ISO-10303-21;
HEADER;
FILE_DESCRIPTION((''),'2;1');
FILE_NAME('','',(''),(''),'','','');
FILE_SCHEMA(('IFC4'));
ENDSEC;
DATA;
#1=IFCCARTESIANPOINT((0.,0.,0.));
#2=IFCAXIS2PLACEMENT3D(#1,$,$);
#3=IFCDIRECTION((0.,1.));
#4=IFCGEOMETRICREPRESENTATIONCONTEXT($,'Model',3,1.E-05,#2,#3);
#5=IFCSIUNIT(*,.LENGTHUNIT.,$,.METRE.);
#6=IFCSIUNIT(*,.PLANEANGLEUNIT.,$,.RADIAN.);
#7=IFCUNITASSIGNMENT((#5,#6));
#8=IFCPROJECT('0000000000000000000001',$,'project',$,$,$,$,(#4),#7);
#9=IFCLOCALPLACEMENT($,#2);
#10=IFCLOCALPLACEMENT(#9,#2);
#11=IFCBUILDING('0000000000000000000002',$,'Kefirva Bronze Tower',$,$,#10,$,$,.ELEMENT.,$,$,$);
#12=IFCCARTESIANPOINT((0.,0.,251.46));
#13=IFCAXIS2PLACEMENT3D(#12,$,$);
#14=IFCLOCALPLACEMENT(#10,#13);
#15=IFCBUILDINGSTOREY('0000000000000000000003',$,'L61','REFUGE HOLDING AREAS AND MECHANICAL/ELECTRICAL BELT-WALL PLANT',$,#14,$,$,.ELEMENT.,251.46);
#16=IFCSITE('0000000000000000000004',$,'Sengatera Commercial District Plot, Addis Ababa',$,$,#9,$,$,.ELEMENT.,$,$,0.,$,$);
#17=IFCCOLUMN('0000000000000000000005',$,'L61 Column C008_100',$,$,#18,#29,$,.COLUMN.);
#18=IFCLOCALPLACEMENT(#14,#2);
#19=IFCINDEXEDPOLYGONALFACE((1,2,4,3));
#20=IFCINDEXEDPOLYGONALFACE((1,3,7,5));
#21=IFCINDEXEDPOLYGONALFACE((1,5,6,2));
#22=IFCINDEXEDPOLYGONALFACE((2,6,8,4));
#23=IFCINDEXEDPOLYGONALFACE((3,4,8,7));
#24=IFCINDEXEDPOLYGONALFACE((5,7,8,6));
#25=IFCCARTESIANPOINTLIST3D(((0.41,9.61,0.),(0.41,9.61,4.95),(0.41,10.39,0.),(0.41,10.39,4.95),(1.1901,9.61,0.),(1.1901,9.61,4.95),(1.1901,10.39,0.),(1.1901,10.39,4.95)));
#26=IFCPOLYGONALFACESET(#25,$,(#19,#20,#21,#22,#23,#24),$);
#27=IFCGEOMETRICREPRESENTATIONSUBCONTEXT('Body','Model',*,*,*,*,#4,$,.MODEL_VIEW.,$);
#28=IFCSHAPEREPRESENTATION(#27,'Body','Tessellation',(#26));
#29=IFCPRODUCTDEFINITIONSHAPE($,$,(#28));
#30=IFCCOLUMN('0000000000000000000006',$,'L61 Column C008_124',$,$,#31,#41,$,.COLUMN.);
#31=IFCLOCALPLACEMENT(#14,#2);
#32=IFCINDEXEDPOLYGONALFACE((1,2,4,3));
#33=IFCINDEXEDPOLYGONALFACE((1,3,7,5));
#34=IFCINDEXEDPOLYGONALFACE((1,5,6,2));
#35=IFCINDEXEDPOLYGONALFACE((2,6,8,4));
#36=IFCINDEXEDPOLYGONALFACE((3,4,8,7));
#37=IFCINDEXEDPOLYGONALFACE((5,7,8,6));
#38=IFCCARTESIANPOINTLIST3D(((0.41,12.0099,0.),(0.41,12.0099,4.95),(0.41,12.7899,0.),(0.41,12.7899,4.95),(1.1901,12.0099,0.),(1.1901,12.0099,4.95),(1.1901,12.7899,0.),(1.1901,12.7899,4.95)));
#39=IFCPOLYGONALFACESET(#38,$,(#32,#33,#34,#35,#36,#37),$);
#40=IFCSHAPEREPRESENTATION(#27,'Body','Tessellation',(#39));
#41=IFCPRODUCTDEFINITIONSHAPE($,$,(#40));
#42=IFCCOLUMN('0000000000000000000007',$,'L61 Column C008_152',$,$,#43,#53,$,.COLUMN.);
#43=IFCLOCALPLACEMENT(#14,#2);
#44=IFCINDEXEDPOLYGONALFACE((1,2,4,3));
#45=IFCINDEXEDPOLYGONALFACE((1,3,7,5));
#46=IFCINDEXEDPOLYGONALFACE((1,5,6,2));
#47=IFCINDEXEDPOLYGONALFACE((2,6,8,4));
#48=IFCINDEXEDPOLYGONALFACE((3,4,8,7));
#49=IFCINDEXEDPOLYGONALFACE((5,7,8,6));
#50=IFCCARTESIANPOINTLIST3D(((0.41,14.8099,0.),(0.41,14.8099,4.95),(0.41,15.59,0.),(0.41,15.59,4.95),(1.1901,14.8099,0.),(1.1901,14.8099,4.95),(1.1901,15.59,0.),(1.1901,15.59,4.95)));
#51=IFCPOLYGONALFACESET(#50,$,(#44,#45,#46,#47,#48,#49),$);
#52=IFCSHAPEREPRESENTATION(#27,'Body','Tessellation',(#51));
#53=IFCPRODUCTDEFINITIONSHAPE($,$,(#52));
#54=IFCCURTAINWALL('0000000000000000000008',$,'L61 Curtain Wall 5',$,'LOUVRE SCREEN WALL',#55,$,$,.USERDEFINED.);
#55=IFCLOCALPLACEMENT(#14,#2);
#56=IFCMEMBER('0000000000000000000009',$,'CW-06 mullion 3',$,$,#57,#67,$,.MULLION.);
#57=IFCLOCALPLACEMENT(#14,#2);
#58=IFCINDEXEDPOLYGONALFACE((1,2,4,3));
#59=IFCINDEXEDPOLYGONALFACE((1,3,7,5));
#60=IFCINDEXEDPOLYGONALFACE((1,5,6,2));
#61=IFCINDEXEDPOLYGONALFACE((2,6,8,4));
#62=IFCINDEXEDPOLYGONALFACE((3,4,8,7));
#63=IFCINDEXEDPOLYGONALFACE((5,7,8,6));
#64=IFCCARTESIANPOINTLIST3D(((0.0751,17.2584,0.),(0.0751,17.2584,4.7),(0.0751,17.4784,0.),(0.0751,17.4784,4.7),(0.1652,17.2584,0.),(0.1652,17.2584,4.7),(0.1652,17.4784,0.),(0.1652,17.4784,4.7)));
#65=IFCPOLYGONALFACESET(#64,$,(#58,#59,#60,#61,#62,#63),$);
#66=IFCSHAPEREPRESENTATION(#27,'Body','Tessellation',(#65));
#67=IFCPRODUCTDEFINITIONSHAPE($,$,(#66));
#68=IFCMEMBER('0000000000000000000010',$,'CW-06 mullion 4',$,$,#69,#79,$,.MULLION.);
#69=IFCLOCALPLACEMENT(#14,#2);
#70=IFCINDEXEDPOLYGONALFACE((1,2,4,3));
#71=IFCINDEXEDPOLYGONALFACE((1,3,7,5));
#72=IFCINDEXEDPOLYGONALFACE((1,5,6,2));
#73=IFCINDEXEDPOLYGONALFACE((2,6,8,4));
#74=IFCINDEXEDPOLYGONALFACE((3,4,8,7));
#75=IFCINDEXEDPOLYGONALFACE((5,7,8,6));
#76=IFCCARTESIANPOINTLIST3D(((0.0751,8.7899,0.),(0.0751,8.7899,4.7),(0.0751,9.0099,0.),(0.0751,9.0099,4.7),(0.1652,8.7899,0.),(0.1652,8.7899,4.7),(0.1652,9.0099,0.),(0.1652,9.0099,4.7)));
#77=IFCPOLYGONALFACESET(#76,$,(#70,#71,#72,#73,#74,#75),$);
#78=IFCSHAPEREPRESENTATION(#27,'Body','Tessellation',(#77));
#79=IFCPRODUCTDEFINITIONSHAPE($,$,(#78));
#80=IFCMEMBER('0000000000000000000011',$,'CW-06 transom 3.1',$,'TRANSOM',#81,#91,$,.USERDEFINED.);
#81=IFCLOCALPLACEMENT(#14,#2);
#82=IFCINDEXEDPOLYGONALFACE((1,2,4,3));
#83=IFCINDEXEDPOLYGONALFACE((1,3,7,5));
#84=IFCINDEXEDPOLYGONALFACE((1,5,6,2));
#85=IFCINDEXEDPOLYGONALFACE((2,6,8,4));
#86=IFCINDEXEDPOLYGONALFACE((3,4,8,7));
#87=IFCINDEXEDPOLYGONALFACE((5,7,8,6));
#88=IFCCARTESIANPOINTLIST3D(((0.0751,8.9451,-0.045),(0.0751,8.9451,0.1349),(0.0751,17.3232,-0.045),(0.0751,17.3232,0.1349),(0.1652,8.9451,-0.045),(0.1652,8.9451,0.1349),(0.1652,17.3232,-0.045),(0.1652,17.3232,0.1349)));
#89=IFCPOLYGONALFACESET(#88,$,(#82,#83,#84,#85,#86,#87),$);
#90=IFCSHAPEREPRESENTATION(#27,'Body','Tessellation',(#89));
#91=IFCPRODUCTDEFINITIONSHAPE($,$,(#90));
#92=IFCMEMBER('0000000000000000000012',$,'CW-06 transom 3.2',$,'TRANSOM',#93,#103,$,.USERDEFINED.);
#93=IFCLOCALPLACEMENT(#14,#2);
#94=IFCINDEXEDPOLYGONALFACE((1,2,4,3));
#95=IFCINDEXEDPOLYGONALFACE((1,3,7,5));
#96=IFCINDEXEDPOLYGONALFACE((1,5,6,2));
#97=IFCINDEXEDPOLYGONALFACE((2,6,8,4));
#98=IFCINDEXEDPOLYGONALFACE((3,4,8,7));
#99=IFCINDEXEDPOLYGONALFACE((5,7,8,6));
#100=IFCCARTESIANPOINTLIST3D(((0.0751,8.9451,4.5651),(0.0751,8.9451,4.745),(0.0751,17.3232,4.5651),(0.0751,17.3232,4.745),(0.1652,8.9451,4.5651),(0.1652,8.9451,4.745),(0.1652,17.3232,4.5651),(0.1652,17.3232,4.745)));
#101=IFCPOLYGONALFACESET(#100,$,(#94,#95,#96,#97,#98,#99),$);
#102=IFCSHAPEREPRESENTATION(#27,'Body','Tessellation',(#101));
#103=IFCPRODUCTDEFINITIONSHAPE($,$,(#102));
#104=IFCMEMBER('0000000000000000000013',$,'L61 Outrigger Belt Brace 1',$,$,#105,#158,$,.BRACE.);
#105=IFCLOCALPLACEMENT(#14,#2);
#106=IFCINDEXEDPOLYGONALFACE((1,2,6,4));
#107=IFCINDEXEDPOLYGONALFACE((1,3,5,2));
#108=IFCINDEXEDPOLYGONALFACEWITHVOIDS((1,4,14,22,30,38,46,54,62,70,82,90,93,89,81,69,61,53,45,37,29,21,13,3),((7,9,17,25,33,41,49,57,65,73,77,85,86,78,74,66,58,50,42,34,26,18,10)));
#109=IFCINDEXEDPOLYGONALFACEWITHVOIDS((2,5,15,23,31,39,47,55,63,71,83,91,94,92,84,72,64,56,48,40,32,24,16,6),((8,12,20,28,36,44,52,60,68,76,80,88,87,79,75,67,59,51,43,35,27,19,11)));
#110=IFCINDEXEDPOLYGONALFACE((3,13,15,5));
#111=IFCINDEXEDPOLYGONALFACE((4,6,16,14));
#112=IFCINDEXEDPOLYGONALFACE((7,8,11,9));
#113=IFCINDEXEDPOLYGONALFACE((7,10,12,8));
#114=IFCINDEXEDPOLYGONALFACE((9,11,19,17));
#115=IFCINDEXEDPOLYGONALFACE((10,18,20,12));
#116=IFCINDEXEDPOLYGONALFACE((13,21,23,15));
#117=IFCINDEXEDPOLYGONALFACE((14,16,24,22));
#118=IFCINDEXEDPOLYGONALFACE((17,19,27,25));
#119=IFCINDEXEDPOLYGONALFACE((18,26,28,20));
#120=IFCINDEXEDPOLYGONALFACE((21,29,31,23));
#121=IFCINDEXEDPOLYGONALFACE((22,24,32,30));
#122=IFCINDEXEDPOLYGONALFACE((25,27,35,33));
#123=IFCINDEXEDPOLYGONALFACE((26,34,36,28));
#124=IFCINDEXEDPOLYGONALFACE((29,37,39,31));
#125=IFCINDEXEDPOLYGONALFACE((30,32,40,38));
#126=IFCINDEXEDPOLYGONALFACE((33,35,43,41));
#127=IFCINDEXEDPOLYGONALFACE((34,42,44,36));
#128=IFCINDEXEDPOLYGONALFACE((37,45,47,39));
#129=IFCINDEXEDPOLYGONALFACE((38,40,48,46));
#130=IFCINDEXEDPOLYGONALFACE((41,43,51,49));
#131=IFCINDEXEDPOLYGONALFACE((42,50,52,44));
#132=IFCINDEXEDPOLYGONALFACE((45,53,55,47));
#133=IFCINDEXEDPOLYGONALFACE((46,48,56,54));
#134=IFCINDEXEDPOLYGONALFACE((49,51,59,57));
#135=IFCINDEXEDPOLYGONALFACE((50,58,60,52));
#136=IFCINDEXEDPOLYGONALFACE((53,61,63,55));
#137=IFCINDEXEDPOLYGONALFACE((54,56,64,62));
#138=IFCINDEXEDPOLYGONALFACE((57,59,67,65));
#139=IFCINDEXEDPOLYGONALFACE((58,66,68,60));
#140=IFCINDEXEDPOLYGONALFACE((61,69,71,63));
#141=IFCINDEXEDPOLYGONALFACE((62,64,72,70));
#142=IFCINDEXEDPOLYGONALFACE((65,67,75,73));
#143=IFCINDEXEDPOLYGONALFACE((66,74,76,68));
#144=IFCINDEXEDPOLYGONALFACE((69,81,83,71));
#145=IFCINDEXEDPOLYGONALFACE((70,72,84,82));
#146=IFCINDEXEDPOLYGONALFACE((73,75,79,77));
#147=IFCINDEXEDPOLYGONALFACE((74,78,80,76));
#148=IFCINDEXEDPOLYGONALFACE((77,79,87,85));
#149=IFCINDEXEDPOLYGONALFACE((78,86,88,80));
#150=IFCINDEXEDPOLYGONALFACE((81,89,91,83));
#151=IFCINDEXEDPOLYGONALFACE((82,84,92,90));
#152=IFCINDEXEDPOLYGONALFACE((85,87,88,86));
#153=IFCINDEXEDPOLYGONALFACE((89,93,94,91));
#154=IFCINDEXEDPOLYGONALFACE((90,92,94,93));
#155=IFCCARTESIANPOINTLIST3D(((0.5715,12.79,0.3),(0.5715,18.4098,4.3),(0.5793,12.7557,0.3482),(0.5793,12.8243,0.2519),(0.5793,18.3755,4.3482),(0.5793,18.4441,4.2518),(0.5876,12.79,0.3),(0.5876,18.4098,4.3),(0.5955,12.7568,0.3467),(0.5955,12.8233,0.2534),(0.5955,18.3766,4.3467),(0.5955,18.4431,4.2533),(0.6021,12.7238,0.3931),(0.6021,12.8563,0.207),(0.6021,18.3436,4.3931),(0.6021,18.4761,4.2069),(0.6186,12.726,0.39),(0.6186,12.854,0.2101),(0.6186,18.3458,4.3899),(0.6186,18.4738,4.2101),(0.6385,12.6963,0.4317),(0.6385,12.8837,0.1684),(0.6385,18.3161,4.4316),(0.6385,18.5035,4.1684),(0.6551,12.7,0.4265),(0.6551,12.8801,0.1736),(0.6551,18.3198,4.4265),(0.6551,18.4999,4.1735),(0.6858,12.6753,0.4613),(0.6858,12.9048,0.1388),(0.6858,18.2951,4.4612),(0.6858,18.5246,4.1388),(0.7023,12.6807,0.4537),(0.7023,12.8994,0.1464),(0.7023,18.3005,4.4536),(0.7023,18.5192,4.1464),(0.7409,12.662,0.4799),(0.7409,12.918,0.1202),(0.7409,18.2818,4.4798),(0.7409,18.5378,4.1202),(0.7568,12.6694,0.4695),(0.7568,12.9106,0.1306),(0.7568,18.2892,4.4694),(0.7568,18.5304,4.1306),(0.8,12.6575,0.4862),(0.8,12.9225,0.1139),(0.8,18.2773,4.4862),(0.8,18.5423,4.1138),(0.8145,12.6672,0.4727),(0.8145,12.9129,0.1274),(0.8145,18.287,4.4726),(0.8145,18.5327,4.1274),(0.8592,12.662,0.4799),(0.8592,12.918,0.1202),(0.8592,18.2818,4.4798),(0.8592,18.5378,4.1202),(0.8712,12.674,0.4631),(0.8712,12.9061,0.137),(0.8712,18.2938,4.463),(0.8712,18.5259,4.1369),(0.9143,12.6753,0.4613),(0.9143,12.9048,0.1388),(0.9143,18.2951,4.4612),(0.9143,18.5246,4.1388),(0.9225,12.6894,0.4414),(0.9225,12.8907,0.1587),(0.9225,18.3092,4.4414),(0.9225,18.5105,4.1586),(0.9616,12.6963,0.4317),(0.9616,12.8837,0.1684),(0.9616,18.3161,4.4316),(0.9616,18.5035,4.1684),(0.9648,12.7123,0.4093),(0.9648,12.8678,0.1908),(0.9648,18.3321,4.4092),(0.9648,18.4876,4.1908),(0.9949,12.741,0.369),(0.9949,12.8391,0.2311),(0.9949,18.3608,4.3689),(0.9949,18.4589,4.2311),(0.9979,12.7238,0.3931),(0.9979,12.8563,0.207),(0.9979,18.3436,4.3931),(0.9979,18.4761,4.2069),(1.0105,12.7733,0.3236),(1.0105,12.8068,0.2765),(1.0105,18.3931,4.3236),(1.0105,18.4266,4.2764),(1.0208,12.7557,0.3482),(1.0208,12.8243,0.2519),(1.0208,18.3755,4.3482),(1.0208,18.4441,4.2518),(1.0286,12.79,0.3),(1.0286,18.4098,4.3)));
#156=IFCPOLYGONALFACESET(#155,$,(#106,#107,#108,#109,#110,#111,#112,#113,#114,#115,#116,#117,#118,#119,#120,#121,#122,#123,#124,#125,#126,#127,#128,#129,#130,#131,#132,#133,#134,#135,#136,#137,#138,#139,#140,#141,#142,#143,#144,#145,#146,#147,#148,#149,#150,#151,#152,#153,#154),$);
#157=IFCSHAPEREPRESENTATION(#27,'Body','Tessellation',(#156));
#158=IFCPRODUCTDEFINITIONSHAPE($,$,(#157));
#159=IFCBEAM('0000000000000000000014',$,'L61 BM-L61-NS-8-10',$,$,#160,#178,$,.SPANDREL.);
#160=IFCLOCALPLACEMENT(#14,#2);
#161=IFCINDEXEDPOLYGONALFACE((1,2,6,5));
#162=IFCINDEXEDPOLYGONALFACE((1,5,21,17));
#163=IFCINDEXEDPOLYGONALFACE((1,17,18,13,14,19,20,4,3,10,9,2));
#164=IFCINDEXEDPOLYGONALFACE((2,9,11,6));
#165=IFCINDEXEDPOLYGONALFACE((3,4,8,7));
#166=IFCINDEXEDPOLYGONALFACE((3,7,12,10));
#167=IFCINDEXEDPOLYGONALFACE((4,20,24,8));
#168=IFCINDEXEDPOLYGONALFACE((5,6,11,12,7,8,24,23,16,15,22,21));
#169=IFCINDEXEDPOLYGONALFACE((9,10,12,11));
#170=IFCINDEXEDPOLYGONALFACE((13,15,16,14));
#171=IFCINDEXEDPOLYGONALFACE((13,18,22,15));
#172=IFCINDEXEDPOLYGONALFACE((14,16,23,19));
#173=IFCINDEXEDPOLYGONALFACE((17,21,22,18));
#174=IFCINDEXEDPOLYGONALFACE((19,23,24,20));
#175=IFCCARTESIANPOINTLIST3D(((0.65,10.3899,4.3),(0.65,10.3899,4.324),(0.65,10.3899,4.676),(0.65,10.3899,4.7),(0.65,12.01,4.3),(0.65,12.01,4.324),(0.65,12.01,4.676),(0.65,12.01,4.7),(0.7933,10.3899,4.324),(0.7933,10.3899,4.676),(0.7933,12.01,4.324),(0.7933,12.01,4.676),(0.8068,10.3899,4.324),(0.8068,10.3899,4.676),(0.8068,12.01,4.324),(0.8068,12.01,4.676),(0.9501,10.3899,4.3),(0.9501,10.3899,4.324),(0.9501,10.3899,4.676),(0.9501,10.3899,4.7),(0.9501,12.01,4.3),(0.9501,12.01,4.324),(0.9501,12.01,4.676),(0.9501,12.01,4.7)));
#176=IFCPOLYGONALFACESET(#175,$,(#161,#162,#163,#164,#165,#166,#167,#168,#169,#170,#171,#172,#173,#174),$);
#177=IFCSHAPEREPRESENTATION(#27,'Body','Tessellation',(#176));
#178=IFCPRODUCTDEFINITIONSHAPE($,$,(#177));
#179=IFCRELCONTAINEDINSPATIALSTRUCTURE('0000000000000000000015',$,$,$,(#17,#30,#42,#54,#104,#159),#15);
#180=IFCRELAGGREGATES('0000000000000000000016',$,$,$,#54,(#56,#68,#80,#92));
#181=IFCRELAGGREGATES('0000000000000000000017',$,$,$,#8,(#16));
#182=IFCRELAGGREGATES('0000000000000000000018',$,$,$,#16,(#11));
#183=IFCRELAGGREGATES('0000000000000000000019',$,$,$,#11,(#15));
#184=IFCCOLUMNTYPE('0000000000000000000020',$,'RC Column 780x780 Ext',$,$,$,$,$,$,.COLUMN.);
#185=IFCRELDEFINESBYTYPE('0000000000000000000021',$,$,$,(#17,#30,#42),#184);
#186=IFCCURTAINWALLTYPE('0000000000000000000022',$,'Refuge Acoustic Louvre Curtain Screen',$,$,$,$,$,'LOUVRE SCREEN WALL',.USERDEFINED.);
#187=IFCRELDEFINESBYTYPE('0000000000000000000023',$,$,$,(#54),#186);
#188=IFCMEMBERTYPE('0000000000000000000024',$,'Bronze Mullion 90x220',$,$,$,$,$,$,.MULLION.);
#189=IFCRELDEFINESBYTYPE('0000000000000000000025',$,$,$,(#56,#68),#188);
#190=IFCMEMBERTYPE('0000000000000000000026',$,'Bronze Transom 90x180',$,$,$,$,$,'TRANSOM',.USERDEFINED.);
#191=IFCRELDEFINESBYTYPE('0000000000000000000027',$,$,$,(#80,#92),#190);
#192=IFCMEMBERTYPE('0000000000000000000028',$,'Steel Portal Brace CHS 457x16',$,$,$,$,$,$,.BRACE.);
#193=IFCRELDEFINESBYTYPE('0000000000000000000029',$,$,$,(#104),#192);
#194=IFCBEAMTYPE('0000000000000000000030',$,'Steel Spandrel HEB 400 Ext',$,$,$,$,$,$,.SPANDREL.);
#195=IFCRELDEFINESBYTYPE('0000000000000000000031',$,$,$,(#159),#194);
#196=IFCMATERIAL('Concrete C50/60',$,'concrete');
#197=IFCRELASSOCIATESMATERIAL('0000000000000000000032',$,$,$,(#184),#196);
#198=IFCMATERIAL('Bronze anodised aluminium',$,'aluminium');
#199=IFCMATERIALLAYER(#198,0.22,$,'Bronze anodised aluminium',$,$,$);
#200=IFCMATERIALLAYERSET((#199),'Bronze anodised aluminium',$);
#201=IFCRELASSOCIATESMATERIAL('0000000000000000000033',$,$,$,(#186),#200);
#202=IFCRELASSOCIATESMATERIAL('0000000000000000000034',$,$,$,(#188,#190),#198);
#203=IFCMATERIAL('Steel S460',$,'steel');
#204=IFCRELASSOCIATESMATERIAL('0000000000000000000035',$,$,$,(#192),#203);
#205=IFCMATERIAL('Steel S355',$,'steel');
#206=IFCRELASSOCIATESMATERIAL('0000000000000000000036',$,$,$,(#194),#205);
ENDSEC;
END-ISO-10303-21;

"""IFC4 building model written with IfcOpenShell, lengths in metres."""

from ifc_helpers import new_model, si_unit, direction, frame, origin, origin_2d, place, context, subcontext, project, spatial, rectangle, hollow_circle, i_section, extrude, material, layer, layer_set, material_profile, profile_set, type_object, element, aggregate, save


model = new_model("IFC4")

# Units and contexts
model_context = context("Model", 3, precision=1e-05, world=origin(), true_north=direction((0.0, 1.0)))
body_context = subcontext(model_context, "Body", "Model", "MODEL_VIEW")
ifc_project = project(units=[si_unit("LENGTHUNIT", "METRE"), si_unit("PLANEANGLEUNIT", "RADIAN")], contexts=[model_context])

# Site, building, storey
site_placement = place(None, origin())
site = spatial("IfcSite", under=ifc_project, at=site_placement, Name="Sengatera Commercial District Plot, Addis Ababa", CompositionType="ELEMENT", RefElevation=0.0)
building_placement = place(site_placement, origin())
building = spatial("IfcBuilding", under=site, at=building_placement, Name="Kefirva Bronze Tower", CompositionType="ELEMENT")
storey_placement = place(building_placement, frame((0.0, 0.0, 251.46)))
storey = spatial("IfcBuildingStorey", under=building, at=storey_placement, Name="L61", Description="REFUGE HOLDING AREAS AND MECHANICAL/ELECTRICAL BELT-WALL PLANT", CompositionType="ELEMENT", Elevation=251.46)

# Columns
ifc_material_1 = material(Name="Concrete C50/60", Category="concrete")
ifc_material_profile_1 = material_profile(ifc_material_1, rectangle(XDim=0.78, YDim=0.78, at=origin_2d()), Name="RC 780x780")
ifc_profile_set_1 = profile_set([ifc_material_profile_1], Name="Concrete C50/60")
column_type = type_object("IfcColumnType", Name="RC Column 780x780 Ext", PredefinedType="COLUMN", material=ifc_profile_set_1)
for number, where, z_axis, x_axis, name in (
    (1, (0.8, 10.0, 0.0), (0.0, 0.0, 1.0), (1.0, 0.0, 0.0), "L61 Column C008_100"),
    (2, (0.8, 12.3999, 0.0), (0.0, 0.0, 1.0), (1.0, 0.0, 0.0), "L61 Column C008_124"),
    (3, (0.8, 15.2, 0.0), (0.0, 0.0, 1.0), (1.0, 0.0, 0.0), "L61 Column C008_152"),
):
    element("IfcColumn", number, at=place(storey_placement, frame(where, z_axis=z_axis, x_axis=x_axis)), inside=storey, type_object=column_type, Name=name, PredefinedType="COLUMN", context=body_context, shape_type="SweptSolid", body=[
        extrude(rectangle(XDim=0.78, YDim=0.78, at=origin_2d()), origin(), (0.0, 0.0, 1.0), 4.95),
    ])

# Curtain wall, members
ifc_material_2 = material(Name="Bronze anodised aluminium", Category="aluminium")
ifc_layer_1 = layer(ifc_material_2, 0.22, Name="Bronze anodised aluminium")
ifc_layer_set_1 = layer_set([ifc_layer_1], Name="Bronze anodised aluminium")
curtain_wall_type = type_object("IfcCurtainWallType", Name="Refuge Acoustic Louvre Curtain Screen", ElementType="LOUVRE SCREEN WALL", PredefinedType="USERDEFINED", material=ifc_layer_set_1)
curtain_wall_placement = place(storey_placement, origin())
curtain_wall = element("IfcCurtainWall", 4, at=curtain_wall_placement, inside=storey, type_object=curtain_wall_type, Name="L61 Curtain Wall 5", ObjectType="LOUVRE SCREEN WALL", PredefinedType="USERDEFINED")
ifc_material_profile_2 = material_profile(ifc_material_2, rectangle(XDim=0.0901, YDim=0.22, at=origin_2d()), Name="ALU 90x220")
ifc_profile_set_2 = profile_set([ifc_material_profile_2], Name="Bronze anodised aluminium")
member_type_1 = type_object("IfcMemberType", Name="Bronze Mullion 90x220", PredefinedType="MULLION", material=ifc_profile_set_2)
member_1_placement = place(storey_placement, frame((0.1201, 17.3684, 0.0), z_axis=(0.0, 0.0, 1.0), x_axis=(1.0, 0.0, 0.0)))
member_1 = element("IfcMember", 5, at=member_1_placement, type_object=member_type_1, Name="CW-06 mullion 3", PredefinedType="MULLION", context=body_context, shape_type="SweptSolid", body=[
    extrude(rectangle(XDim=0.0901, YDim=0.22, at=origin_2d()), origin(), (0.0, 0.0, 1.0), 4.7),
])
member_2_placement = place(storey_placement, frame((0.1201, 8.8999, 0.0), z_axis=(0.0, 0.0, 1.0), x_axis=(1.0, 0.0, 0.0)))
member_2 = element("IfcMember", 6, at=member_2_placement, type_object=member_type_1, Name="CW-06 mullion 4", PredefinedType="MULLION", context=body_context, shape_type="SweptSolid", body=[
    extrude(rectangle(XDim=0.0901, YDim=0.22, at=origin_2d()), origin(), (0.0, 0.0, 1.0), 4.7),
])
ifc_material_profile_3 = material_profile(ifc_material_2, rectangle(XDim=0.0901, YDim=0.1799, at=origin_2d()), Name="ALU 90x180")
ifc_profile_set_3 = profile_set([ifc_material_profile_3], Name="Bronze anodised aluminium")
member_type_2 = type_object("IfcMemberType", Name="Bronze Transom 90x180", ElementType="TRANSOM", PredefinedType="USERDEFINED", material=ifc_profile_set_3)
member_3_placement = place(storey_placement, frame((0.1201, 17.3232, 0.0449), z_axis=(0.0, -1.0, 0.0), x_axis=(1.0, 0.0, 0.0)))
member_3 = element("IfcMember", 7, at=member_3_placement, type_object=member_type_2, Name="CW-06 transom 3.1", ObjectType="TRANSOM", PredefinedType="USERDEFINED", context=body_context, shape_type="SweptSolid", body=[
    extrude(rectangle(XDim=0.0901, YDim=0.1799, at=origin_2d()), origin(), (0.0, 0.0, 1.0), 8.3782),
])
member_4_placement = place(storey_placement, frame((0.1201, 17.3232, 4.655), z_axis=(0.0, -1.0, 0.0), x_axis=(1.0, 0.0, 0.0)))
member_4 = element("IfcMember", 8, at=member_4_placement, type_object=member_type_2, Name="CW-06 transom 3.2", ObjectType="TRANSOM", PredefinedType="USERDEFINED", context=body_context, shape_type="SweptSolid", body=[
    extrude(rectangle(XDim=0.0901, YDim=0.1799, at=origin_2d()), origin(), (0.0, 0.0, 1.0), 8.3782),
])

# Member
ifc_material_3 = material(Name="Steel S460", Category="steel")
ifc_material_profile_4 = material_profile(ifc_material_3, hollow_circle(Radius=0.2285, WallThickness=0.0161, at=origin_2d()), Name="CHS 457x16")
ifc_profile_set_4 = profile_set([ifc_material_profile_4], Name="Steel S460")
member_type_3 = type_object("IfcMemberType", Name="Steel Portal Brace CHS 457x16", PredefinedType="BRACE", material=ifc_profile_set_4)
member_5_placement = place(storey_placement, frame((0.8, 12.79, 0.3), z_axis=(0.0, 0.814706, 0.579875), x_axis=(-1.0, 0.0, 0.0)))
element("IfcMember", 9, at=member_5_placement, inside=storey, type_object=member_type_3, Name="L61 Outrigger Belt Brace 1", PredefinedType="BRACE", context=body_context, shape_type="SweptSolid", body=[
    extrude(hollow_circle(Radius=0.2285, WallThickness=0.0161, at=origin_2d()), origin(), (0.0, 0.0, 1.0), 6.8979),
])

# Beam
ifc_material_4 = material(Name="Steel S355", Category="steel")
ifc_material_profile_5 = material_profile(ifc_material_4, i_section(OverallWidth=0.3, OverallDepth=0.3999, WebThickness=0.0134, FlangeThickness=0.0239, at=origin_2d()), Name="HEB 400")
ifc_profile_set_5 = profile_set([ifc_material_profile_5], Name="Steel S355")
beam_type = type_object("IfcBeamType", Name="Steel Spandrel HEB 400 Ext", PredefinedType="SPANDREL", material=ifc_profile_set_5)
beam_1_placement = place(storey_placement, frame((0.8, 10.3899, 4.5), z_axis=(0.0, 1.0, 0.0), x_axis=(-1.0, 0.0, 0.0)))
element("IfcBeam", 10, at=beam_1_placement, inside=storey, type_object=beam_type, Name="L61 BM-L61-NS-8-10", PredefinedType="SPANDREL", context=body_context, shape_type="SweptSolid", body=[
    extrude(i_section(OverallWidth=0.3, OverallDepth=0.3999, WebThickness=0.0134, FlangeThickness=0.0239, at=origin_2d()), origin(), (0.0, 0.0, 1.0), 1.6201),
])

aggregate(curtain_wall, [member_1, member_2, member_3, member_4])

save(model, "model.ifc")
